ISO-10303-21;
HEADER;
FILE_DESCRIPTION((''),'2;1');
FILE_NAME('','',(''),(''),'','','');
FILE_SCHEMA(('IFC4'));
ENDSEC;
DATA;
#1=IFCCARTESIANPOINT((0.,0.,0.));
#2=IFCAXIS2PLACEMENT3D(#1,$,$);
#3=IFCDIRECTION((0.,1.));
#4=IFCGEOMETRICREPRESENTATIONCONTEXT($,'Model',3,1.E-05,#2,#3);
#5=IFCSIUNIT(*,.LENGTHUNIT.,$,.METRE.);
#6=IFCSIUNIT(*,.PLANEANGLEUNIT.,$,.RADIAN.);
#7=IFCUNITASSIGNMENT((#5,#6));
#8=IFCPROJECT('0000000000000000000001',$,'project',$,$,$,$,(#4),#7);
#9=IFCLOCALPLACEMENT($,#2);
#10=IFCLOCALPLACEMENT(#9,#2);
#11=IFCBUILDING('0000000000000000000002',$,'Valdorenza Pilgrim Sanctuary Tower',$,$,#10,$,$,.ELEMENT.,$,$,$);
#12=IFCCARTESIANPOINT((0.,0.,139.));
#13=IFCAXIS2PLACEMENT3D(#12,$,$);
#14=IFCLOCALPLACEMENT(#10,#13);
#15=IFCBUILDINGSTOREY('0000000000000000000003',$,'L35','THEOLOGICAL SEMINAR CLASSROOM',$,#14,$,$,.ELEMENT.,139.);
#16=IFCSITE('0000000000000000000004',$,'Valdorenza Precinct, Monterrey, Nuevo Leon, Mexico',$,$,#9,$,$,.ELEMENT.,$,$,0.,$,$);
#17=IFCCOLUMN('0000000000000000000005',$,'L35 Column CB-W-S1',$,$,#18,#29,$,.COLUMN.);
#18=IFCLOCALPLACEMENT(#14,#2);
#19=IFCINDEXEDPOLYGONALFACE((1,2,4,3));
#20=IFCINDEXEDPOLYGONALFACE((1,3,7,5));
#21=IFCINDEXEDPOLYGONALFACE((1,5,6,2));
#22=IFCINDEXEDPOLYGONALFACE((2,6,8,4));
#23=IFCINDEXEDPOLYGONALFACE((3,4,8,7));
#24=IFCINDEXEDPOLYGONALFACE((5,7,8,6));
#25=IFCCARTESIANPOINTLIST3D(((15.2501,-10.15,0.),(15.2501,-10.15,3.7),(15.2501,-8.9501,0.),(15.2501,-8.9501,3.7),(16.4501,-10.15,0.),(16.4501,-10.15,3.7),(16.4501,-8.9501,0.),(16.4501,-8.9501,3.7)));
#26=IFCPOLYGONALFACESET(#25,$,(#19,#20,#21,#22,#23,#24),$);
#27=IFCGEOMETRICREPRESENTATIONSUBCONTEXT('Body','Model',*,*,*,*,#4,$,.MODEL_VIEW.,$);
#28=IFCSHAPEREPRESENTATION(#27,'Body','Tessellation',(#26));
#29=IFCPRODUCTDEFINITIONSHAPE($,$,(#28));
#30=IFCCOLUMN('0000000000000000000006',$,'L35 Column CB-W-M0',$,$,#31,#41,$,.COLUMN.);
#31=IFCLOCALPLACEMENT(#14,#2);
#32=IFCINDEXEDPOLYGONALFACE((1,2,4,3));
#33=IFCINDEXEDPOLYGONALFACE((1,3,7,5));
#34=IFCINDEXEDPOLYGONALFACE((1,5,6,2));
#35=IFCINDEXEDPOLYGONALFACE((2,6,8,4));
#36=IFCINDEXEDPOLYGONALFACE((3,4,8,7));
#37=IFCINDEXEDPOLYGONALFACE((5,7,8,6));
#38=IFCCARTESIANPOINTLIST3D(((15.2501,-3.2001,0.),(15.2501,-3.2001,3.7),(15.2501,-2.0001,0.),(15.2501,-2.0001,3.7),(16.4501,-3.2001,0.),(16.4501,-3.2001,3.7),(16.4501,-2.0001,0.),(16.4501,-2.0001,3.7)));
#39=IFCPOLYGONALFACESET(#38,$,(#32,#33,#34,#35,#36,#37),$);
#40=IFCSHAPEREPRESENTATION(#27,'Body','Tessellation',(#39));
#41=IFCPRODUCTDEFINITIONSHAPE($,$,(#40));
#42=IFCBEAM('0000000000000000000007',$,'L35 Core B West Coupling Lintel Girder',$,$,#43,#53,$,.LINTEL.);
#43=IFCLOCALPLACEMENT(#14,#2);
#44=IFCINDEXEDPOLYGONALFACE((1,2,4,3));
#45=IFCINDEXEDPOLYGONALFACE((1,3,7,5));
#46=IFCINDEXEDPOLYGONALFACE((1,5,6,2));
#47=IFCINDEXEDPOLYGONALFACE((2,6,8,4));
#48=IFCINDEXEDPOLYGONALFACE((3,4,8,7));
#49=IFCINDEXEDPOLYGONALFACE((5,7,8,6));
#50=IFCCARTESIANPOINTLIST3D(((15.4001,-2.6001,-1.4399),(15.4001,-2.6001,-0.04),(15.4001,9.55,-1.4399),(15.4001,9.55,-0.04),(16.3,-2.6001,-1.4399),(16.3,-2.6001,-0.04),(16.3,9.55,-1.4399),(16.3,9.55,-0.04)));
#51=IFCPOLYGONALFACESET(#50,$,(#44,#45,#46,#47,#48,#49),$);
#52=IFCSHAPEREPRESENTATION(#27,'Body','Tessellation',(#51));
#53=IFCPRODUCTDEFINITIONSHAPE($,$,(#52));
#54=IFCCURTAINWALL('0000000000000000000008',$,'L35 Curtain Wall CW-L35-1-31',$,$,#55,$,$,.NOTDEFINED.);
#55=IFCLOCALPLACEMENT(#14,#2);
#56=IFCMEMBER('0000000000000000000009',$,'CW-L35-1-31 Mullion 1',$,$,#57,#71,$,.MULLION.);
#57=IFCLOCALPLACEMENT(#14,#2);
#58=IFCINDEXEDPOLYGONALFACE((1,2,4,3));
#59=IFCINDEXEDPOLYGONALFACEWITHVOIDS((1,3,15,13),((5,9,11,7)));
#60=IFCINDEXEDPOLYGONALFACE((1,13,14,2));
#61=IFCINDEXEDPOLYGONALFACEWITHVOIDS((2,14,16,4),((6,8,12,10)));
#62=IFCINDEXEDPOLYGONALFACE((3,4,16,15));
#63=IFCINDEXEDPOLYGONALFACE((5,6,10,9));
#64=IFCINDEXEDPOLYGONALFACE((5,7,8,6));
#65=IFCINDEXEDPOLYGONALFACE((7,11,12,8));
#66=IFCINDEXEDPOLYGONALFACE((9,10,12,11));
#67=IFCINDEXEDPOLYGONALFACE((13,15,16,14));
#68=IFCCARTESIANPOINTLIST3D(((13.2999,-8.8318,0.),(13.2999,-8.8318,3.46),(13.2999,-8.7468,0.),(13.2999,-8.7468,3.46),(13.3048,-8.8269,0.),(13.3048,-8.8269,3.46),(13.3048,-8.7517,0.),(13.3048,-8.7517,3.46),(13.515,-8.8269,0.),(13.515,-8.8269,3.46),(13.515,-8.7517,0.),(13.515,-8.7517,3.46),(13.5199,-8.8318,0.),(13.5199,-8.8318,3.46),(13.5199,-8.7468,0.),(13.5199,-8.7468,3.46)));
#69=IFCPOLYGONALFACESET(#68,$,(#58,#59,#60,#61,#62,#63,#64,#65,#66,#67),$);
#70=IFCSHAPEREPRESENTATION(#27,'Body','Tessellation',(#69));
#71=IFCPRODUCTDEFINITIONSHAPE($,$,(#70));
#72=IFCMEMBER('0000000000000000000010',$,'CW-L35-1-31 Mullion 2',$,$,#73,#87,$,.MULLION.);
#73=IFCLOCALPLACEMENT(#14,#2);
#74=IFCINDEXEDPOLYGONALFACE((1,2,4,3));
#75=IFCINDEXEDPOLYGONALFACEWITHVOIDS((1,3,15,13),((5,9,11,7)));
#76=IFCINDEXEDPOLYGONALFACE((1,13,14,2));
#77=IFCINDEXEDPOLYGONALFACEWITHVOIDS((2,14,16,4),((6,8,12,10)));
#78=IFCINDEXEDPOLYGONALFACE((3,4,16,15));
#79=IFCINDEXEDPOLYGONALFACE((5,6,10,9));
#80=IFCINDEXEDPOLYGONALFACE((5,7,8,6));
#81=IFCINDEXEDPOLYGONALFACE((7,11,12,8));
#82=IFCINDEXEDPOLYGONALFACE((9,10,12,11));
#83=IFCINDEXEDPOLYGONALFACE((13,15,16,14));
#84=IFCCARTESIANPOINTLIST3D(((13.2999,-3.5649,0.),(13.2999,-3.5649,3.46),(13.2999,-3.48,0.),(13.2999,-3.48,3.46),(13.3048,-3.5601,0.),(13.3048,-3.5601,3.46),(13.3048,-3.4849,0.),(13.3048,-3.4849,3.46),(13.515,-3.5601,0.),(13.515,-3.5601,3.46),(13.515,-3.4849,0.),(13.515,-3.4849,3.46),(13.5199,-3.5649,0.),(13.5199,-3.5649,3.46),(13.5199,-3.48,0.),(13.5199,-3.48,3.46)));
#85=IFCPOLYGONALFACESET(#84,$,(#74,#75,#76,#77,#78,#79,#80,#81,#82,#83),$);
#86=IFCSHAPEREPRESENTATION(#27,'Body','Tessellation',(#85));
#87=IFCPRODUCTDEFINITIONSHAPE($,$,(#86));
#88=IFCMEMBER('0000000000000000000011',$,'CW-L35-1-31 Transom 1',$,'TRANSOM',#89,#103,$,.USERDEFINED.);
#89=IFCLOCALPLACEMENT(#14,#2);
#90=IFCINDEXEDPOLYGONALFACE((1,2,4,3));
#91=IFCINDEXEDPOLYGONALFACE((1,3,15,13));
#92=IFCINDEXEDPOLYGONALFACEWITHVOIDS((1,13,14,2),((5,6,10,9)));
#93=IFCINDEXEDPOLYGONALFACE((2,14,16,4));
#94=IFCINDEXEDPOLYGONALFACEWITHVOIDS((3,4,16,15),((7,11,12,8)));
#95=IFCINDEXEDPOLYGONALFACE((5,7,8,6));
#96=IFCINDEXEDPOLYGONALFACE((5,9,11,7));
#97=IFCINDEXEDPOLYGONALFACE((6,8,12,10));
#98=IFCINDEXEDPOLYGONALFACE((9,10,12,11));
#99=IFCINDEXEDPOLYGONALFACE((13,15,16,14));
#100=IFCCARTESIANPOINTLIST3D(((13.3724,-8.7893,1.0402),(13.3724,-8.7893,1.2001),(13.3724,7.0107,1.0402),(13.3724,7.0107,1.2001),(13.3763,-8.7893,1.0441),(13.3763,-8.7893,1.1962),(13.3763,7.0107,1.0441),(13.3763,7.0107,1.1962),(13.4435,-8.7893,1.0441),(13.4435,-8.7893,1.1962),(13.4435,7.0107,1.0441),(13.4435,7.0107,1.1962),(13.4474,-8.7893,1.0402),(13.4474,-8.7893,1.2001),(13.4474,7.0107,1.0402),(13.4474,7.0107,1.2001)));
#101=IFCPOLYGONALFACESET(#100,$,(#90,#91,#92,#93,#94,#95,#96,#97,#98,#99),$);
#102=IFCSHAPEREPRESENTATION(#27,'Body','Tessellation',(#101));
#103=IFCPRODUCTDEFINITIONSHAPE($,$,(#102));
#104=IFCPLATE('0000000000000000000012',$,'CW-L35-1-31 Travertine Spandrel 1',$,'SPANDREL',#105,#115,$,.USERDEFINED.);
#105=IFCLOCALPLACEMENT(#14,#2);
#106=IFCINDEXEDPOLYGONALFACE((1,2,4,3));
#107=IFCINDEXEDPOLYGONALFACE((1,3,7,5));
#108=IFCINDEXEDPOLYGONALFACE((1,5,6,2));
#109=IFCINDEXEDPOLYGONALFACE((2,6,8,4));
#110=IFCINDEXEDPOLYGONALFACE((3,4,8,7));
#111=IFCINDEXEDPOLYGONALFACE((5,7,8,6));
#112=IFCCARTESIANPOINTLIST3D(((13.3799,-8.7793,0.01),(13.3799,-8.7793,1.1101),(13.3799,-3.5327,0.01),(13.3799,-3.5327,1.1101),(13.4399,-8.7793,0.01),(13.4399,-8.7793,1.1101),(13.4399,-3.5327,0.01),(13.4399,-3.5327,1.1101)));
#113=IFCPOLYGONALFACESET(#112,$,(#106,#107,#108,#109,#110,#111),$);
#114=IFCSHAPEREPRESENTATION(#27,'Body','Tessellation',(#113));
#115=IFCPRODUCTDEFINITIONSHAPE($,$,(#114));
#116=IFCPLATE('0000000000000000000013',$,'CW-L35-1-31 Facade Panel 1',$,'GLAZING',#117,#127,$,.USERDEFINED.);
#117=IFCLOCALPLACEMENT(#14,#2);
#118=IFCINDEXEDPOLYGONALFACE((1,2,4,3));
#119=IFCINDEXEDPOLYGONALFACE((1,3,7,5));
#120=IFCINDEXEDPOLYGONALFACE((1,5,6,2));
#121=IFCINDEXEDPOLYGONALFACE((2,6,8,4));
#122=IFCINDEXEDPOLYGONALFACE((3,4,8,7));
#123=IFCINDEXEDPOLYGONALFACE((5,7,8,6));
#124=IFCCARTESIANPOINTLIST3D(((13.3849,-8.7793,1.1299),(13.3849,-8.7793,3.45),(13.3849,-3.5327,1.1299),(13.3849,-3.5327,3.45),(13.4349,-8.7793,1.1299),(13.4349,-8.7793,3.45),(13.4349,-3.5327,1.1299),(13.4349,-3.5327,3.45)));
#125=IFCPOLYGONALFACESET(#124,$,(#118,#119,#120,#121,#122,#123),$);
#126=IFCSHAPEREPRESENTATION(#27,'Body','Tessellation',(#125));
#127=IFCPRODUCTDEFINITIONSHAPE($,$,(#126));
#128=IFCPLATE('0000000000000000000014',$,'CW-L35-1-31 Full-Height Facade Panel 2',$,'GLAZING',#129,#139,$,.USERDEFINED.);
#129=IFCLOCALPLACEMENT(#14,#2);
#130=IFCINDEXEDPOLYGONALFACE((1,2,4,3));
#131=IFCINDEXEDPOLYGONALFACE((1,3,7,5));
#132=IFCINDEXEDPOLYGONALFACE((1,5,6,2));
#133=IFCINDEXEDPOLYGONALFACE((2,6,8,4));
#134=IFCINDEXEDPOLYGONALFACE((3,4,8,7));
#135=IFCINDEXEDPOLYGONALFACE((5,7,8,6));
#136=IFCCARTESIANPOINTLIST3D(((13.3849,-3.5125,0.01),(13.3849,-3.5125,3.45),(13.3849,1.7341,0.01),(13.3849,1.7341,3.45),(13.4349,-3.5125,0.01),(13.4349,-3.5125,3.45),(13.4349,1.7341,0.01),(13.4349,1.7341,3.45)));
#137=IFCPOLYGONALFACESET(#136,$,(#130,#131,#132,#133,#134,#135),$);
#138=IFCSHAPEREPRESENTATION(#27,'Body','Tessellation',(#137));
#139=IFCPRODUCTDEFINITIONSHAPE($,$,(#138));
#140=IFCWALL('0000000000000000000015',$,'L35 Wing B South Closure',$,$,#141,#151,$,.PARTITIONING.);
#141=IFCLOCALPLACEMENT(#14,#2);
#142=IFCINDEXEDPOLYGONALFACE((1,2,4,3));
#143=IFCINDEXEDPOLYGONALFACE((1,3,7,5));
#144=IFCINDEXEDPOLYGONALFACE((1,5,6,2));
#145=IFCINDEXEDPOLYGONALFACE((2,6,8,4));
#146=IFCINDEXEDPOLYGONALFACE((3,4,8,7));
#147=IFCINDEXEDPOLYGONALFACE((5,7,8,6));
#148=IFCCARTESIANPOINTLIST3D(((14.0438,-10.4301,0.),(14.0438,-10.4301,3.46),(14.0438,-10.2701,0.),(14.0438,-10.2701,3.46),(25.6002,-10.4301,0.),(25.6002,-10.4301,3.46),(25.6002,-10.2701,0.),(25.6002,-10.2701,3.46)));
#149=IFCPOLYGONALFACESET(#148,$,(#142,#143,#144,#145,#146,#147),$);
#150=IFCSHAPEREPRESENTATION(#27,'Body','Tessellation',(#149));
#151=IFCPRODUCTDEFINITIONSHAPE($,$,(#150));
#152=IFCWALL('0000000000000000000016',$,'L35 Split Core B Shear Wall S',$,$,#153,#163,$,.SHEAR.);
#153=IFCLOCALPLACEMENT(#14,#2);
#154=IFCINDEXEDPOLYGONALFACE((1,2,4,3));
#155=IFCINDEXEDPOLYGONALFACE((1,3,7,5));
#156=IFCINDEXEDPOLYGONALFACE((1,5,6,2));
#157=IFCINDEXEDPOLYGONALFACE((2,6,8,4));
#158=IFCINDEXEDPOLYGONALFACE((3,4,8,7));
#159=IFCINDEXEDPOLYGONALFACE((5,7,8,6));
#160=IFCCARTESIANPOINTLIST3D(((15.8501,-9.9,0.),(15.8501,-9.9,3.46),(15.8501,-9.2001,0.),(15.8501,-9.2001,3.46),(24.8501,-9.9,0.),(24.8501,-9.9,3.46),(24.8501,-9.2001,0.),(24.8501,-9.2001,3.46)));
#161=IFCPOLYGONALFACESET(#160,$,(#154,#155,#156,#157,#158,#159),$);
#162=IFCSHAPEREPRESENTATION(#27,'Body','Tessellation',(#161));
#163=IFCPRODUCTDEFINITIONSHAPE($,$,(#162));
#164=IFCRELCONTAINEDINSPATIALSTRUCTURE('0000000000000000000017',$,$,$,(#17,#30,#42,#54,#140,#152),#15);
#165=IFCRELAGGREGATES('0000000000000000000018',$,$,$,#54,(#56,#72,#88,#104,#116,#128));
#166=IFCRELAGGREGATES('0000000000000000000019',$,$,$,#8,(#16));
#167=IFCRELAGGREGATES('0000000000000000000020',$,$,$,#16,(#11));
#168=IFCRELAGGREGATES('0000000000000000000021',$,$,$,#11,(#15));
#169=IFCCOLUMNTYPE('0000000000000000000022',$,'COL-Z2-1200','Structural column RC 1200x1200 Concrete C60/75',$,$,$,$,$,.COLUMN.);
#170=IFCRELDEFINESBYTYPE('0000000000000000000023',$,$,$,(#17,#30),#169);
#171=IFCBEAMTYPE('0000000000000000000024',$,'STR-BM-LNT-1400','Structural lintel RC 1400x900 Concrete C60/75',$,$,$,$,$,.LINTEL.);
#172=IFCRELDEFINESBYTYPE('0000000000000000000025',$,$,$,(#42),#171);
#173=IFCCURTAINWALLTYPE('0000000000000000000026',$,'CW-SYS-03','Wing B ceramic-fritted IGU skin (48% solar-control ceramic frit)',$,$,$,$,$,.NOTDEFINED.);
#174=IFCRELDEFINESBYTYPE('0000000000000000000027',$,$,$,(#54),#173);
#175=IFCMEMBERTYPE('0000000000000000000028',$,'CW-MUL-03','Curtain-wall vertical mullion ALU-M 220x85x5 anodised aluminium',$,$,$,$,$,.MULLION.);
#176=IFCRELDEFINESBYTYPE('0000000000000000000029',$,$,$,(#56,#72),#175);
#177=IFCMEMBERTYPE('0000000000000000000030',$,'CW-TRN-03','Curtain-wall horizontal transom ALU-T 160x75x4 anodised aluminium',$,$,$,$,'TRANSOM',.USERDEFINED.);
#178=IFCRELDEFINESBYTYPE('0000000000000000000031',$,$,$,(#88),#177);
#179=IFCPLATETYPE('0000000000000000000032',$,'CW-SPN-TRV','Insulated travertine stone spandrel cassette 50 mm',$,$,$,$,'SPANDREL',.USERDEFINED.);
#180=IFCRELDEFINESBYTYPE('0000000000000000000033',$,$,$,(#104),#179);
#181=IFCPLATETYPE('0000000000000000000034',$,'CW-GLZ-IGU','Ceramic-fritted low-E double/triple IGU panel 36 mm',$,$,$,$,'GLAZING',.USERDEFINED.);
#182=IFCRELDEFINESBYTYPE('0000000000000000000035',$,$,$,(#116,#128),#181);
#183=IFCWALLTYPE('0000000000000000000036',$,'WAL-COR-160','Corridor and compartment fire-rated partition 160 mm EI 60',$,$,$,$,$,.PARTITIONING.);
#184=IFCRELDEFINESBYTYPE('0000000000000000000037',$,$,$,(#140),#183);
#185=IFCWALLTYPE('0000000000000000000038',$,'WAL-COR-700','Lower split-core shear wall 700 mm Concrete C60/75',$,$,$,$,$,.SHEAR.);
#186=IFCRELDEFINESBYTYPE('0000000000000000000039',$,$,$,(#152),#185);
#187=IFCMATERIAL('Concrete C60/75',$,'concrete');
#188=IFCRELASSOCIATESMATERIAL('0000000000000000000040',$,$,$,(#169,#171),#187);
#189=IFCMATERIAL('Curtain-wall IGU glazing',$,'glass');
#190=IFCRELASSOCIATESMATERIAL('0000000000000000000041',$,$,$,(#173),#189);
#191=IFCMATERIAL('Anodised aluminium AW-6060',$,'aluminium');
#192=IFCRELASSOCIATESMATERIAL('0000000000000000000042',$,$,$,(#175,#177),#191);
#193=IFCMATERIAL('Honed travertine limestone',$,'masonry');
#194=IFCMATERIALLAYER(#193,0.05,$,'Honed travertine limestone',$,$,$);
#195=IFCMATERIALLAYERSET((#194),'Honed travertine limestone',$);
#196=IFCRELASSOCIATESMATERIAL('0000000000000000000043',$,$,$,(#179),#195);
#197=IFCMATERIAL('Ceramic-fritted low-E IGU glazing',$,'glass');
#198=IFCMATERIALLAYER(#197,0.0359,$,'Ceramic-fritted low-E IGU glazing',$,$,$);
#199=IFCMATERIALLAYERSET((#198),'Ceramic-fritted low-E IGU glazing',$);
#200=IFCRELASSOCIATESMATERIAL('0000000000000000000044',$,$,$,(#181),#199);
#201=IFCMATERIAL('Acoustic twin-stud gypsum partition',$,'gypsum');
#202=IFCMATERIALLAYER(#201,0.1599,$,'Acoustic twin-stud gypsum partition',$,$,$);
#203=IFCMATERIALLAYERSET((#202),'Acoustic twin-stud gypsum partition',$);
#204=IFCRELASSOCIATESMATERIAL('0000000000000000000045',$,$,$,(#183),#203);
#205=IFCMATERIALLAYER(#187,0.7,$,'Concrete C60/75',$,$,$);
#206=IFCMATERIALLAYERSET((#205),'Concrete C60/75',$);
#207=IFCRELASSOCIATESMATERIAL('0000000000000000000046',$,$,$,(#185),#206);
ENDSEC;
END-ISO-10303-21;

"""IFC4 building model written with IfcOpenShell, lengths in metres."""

from ifc_helpers import new_model, si_unit, direction, frame, frame_2d, origin, origin_2d, place, context, subcontext, project, spatial, rectangle, hollow_rectangle, extrude, source, transform, mapped, material, layer, layer_set, material_profile, profile_set, type_object, element, aggregate, save


model = new_model("IFC4")

# Units and contexts
model_context = context("Model", 3, precision=1e-05, world=origin(), true_north=direction((0.0, 1.0)))
body_context = subcontext(model_context, "Body", "Model", "MODEL_VIEW")
ifc_project = project(units=[si_unit("LENGTHUNIT", "METRE"), si_unit("PLANEANGLEUNIT", "RADIAN")], contexts=[model_context])

# Site, building, storey
site_placement = place(None, origin())
site = spatial("IfcSite", under=ifc_project, at=site_placement, Name="Valdorenza Precinct, Monterrey, Nuevo Leon, Mexico", CompositionType="ELEMENT", RefElevation=0.0)
building_placement = place(site_placement, origin())
building = spatial("IfcBuilding", under=site, at=building_placement, Name="Valdorenza Pilgrim Sanctuary Tower", CompositionType="ELEMENT")
storey_placement = place(building_placement, frame((0.0, 0.0, 139.0)))
storey = spatial("IfcBuildingStorey", under=building, at=storey_placement, Name="L35", Description="THEOLOGICAL SEMINAR CLASSROOM", CompositionType="ELEMENT", Elevation=139.0)

# Columns
ifc_material_1 = material(Name="Concrete C60/75", Category="concrete")
ifc_material_profile_1 = material_profile(ifc_material_1, rectangle(XDim=1.2, YDim=1.2, at=origin_2d()), Name="RC 1200x1200")
ifc_profile_set_1 = profile_set([ifc_material_profile_1], Name="Concrete C60/75")
column_type = type_object("IfcColumnType", Name="COL-Z2-1200", Description="Structural column RC 1200x1200 Concrete C60/75", PredefinedType="COLUMN", material=ifc_profile_set_1)
shared_shape_1 = source(origin(), body_context, "Body", "SweptSolid", [
    extrude(rectangle(XDim=1.2, YDim=1.2, at=origin_2d()), origin(), (0.0, 0.0, 1.0), 3.7),
])
for number, where, z_axis, x_axis, name in (
    (1, (15.8501, -9.55, 0.0), (0.0, 0.0, 1.0), (1.0, 0.0, 0.0), "L35 Column CB-W-S1"),
    (2, (15.8501, -2.6001, 0.0), (0.0, 0.0, 1.0), (1.0, 0.0, 0.0), "L35 Column CB-W-M0"),
):
    element("IfcColumn", number, at=place(storey_placement, frame(where, z_axis=z_axis, x_axis=x_axis)), inside=storey, type_object=column_type, Name=name, PredefinedType="COLUMN", context=body_context, shape_type="MappedRepresentation", body=[
        mapped(shared_shape_1, transform((0.0, 0.0, 0.0), x_axis=(1.0, 0.0, 0.0), y_axis=(0.0, 1.0, 0.0), z_axis=(0.0, 0.0, 1.0), scale=1.0)),
    ])

# Beam
ifc_material_profile_2 = material_profile(ifc_material_1, rectangle(XDim=0.8999, YDim=1.3999, at=origin_2d()), Name="RC 1400x900")
ifc_profile_set_2 = profile_set([ifc_material_profile_2], Name="Concrete C60/75")
beam_type = type_object("IfcBeamType", Name="STR-BM-LNT-1400", Description="Structural lintel RC 1400x900 Concrete C60/75", PredefinedType="LINTEL", material=ifc_profile_set_2)
shared_shape_2 = source(origin(), body_context, "Body", "SweptSolid", [
    extrude(rectangle(XDim=0.8999, YDim=1.3999, at=origin_2d()), origin(), (0.0, 0.0, 1.0), 12.1501),
])
beam_placement = place(storey_placement, frame((15.8501, -2.6001, -0.74), z_axis=(0.0, 1.0, 0.0), x_axis=(-1.0, 0.0, 0.0)))
element("IfcBeam", 3, at=beam_placement, inside=storey, type_object=beam_type, Name="L35 Core B West Coupling Lintel Girder", PredefinedType="LINTEL", context=body_context, shape_type="MappedRepresentation", body=[
    mapped(shared_shape_2, transform((0.0, 0.0, 0.0), x_axis=(1.0, 0.0, 0.0), y_axis=(0.0, 1.0, 0.0), z_axis=(0.0, 0.0, 1.0), scale=1.0)),
])

# Curtain wall, members, plates
ifc_material_2 = material(Name="Curtain-wall IGU glazing", Category="glass")
curtain_wall_type = type_object("IfcCurtainWallType", Name="CW-SYS-03", Description="Wing B ceramic-fritted IGU skin (48% solar-control ceramic frit)", PredefinedType="NOTDEFINED", material=ifc_material_2)
curtain_wall_placement = place(storey_placement, origin())
curtain_wall = element("IfcCurtainWall", 4, at=curtain_wall_placement, inside=storey, type_object=curtain_wall_type, Name="L35 Curtain Wall CW-L35-1-31", PredefinedType="NOTDEFINED")
ifc_material_3 = material(Name="Anodised aluminium AW-6060", Category="aluminium")
ifc_material_profile_3 = material_profile(ifc_material_3, hollow_rectangle(XDim=0.085, YDim=0.22, WallThickness=0.0049, at=origin_2d()), Name="ALU-M 220x85x5")
ifc_profile_set_3 = profile_set([ifc_material_profile_3], Name="Anodised aluminium AW-6060")
member_type_1 = type_object("IfcMemberType", Name="CW-MUL-03", Description="Curtain-wall vertical mullion ALU-M 220x85x5 anodised aluminium", PredefinedType="MULLION", material=ifc_profile_set_3)
shared_shape_3 = source(origin(), body_context, "Body", "SweptSolid", [
    extrude(hollow_rectangle(XDim=0.085, YDim=0.22, WallThickness=0.0049, at=origin_2d()), origin(), (0.0, 0.0, 1.0), 3.46),
])
member_1_placement = place(storey_placement, frame((13.4099, -8.7893, 0.0), z_axis=(0.0, 0.0, 1.0), x_axis=(0.0, 1.0, 0.0)))
member_1 = element("IfcMember", 5, at=member_1_placement, type_object=member_type_1, Name="CW-L35-1-31 Mullion 1", PredefinedType="MULLION", context=body_context, shape_type="MappedRepresentation", body=[
    mapped(shared_shape_3, transform((0.0, 0.0, 0.0), x_axis=(1.0, 0.0, 0.0), y_axis=(0.0, 1.0, 0.0), z_axis=(0.0, 0.0, 1.0), scale=1.0)),
])
member_2_placement = place(storey_placement, frame((13.4099, -3.5225, 0.0), z_axis=(0.0, 0.0, 1.0), x_axis=(0.0, 1.0, 0.0)))
member_2 = element("IfcMember", 6, at=member_2_placement, type_object=member_type_1, Name="CW-L35-1-31 Mullion 2", PredefinedType="MULLION", context=body_context, shape_type="MappedRepresentation", body=[
    mapped(shared_shape_3, transform((0.0, 0.0, 0.0), x_axis=(1.0, 0.0, 0.0), y_axis=(0.0, 1.0, 0.0), z_axis=(0.0, 0.0, 1.0), scale=1.0)),
])
ifc_material_profile_4 = material_profile(ifc_material_3, hollow_rectangle(XDim=0.075, YDim=0.1599, WallThickness=0.0039, at=origin_2d()), Name="ALU-T 160x75x4")
ifc_profile_set_4 = profile_set([ifc_material_profile_4], Name="Anodised aluminium AW-6060")
member_type_2 = type_object("IfcMemberType", Name="CW-TRN-03", Description="Curtain-wall horizontal transom ALU-T 160x75x4 anodised aluminium", ElementType="TRANSOM", PredefinedType="USERDEFINED", material=ifc_profile_set_4)
shared_shape_4 = source(origin(), body_context, "Body", "SweptSolid", [
    extrude(hollow_rectangle(XDim=0.075, YDim=0.1599, WallThickness=0.0039, at=origin_2d()), origin(), (0.0, 0.0, 1.0), 15.8),
])
member_3_placement = place(storey_placement, frame((13.4099, -8.7893, 1.1201), z_axis=(0.0, 1.0, 0.0), x_axis=(-1.0, 0.0, 0.0)))
member_3 = element("IfcMember", 7, at=member_3_placement, type_object=member_type_2, Name="CW-L35-1-31 Transom 1", ObjectType="TRANSOM", PredefinedType="USERDEFINED", context=body_context, shape_type="MappedRepresentation", body=[
    mapped(shared_shape_4, transform((0.0, 0.0, 0.0), x_axis=(1.0, 0.0, 0.0), y_axis=(0.0, 1.0, 0.0), z_axis=(0.0, 0.0, 1.0), scale=1.0)),
])
ifc_material_4 = material(Name="Honed travertine limestone", Category="masonry")
ifc_layer_1 = layer(ifc_material_4, 0.05, Name="Honed travertine limestone")
ifc_layer_set_1 = layer_set([ifc_layer_1], Name="Honed travertine limestone")
plate_type_1 = type_object("IfcPlateType", Name="CW-SPN-TRV", Description="Insulated travertine stone spandrel cassette 50 mm", ElementType="SPANDREL", PredefinedType="USERDEFINED", material=ifc_layer_set_1)
shared_shape_5 = source(origin(), body_context, "Body", "SweptSolid", [
    extrude(rectangle(XDim=5.2466, YDim=0.0601, at=origin_2d()), origin(), (0.0, 0.0, 1.0), 1.1001),
])
plate_1_placement = place(storey_placement, frame((13.4099, -6.156, 0.01), z_axis=(0.0, 0.0, 1.0), x_axis=(0.0, 1.0, 0.0)))
plate_1 = element("IfcPlate", 8, at=plate_1_placement, type_object=plate_type_1, Name="CW-L35-1-31 Travertine Spandrel 1", ObjectType="SPANDREL", PredefinedType="USERDEFINED", context=body_context, shape_type="MappedRepresentation", body=[
    mapped(shared_shape_5, transform((0.0, 0.0, 0.0), x_axis=(1.0, 0.0, 0.0), y_axis=(0.0, 1.0, 0.0), z_axis=(0.0, 0.0, 1.0), scale=1.0)),
])
ifc_material_5 = material(Name="Ceramic-fritted low-E IGU glazing", Category="glass")
ifc_layer_2 = layer(ifc_material_5, 0.0359, Name="Ceramic-fritted low-E IGU glazing")
ifc_layer_set_2 = layer_set([ifc_layer_2], Name="Ceramic-fritted low-E IGU glazing")
plate_type_2 = type_object("IfcPlateType", Name="CW-GLZ-IGU", Description="Ceramic-fritted low-E double/triple IGU panel 36 mm", ElementType="GLAZING", PredefinedType="USERDEFINED", material=ifc_layer_set_2)
shared_shape_6 = source(origin(), body_context, "Body", "SweptSolid", [
    extrude(rectangle(XDim=5.2466, YDim=0.05, at=origin_2d()), origin(), (0.0, 0.0, 1.0), 2.3201),
])
plate_2_placement = place(storey_placement, frame((13.4099, -6.156, 1.1299), z_axis=(0.0, 0.0, 1.0), x_axis=(0.0, 1.0, 0.0)))
plate_2 = element("IfcPlate", 9, at=plate_2_placement, type_object=plate_type_2, Name="CW-L35-1-31 Facade Panel 1", ObjectType="GLAZING", PredefinedType="USERDEFINED", context=body_context, shape_type="MappedRepresentation", body=[
    mapped(shared_shape_6, transform((0.0, 0.0, 0.0), x_axis=(1.0, 0.0, 0.0), y_axis=(0.0, 1.0, 0.0), z_axis=(0.0, 0.0, 1.0), scale=1.0)),
])
shared_shape_7 = source(origin(), body_context, "Body", "SweptSolid", [
    extrude(rectangle(XDim=5.2466, YDim=0.05, at=origin_2d()), origin(), (0.0, 0.0, 1.0), 3.4399),
])
plate_3_placement = place(storey_placement, frame((13.4099, -0.8892, 0.01), z_axis=(0.0, 0.0, 1.0), x_axis=(0.0, 1.0, 0.0)))
plate_3 = element("IfcPlate", 10, at=plate_3_placement, type_object=plate_type_2, Name="CW-L35-1-31 Full-Height Facade Panel 2", ObjectType="GLAZING", PredefinedType="USERDEFINED", context=body_context, shape_type="MappedRepresentation", body=[
    mapped(shared_shape_7, transform((0.0, 0.0, 0.0), x_axis=(1.0, 0.0, 0.0), y_axis=(0.0, 1.0, 0.0), z_axis=(0.0, 0.0, 1.0), scale=1.0)),
])
aggregate(curtain_wall, [member_1, member_2, member_3, plate_1, plate_2, plate_3])

# Walls
ifc_material_6 = material(Name="Acoustic twin-stud gypsum partition", Category="gypsum")
ifc_layer_3 = layer(ifc_material_6, 0.1599, Name="Acoustic twin-stud gypsum partition")
ifc_layer_set_3 = layer_set([ifc_layer_3], Name="Acoustic twin-stud gypsum partition")
wall_type_1 = type_object("IfcWallType", Name="WAL-COR-160", Description="Corridor and compartment fire-rated partition 160 mm EI 60", PredefinedType="PARTITIONING", material=ifc_layer_set_3)
wall_1_placement = place(storey_placement, frame((14.0437, -10.3501, 0.0), z_axis=(0.0, 0.0, 1.0), x_axis=(1.0, 0.0, 0.0)))
element("IfcWall", 11, at=wall_1_placement, inside=storey, type_object=wall_type_1, Name="L35 Wing B South Closure", PredefinedType="PARTITIONING", context=body_context, shape_type="SweptSolid", body=[
    extrude(rectangle(XDim=11.5564, YDim=0.1599, at=frame_2d((5.7783, 0.0))), origin(), (0.0, 0.0, 1.0), 3.46),
])
ifc_layer_4 = layer(ifc_material_1, 0.7, Name="Concrete C60/75")
ifc_layer_set_4 = layer_set([ifc_layer_4], Name="Concrete C60/75")
wall_type_2 = type_object("IfcWallType", Name="WAL-COR-700", Description="Lower split-core shear wall 700 mm Concrete C60/75", PredefinedType="SHEAR", material=ifc_layer_set_4)
wall_2_placement = place(storey_placement, frame((15.8501, -9.55, 0.0), z_axis=(0.0, 0.0, 1.0), x_axis=(1.0, 0.0, 0.0)))
element("IfcWall", 12, at=wall_2_placement, inside=storey, type_object=wall_type_2, Name="L35 Split Core B Shear Wall S", PredefinedType="SHEAR", context=body_context, shape_type="SweptSolid", body=[
    extrude(rectangle(XDim=9.0, YDim=0.7, at=frame_2d((4.5, 0.0))), origin(), (0.0, 0.0, 1.0), 3.46),
])

save(model, "model.ifc")
